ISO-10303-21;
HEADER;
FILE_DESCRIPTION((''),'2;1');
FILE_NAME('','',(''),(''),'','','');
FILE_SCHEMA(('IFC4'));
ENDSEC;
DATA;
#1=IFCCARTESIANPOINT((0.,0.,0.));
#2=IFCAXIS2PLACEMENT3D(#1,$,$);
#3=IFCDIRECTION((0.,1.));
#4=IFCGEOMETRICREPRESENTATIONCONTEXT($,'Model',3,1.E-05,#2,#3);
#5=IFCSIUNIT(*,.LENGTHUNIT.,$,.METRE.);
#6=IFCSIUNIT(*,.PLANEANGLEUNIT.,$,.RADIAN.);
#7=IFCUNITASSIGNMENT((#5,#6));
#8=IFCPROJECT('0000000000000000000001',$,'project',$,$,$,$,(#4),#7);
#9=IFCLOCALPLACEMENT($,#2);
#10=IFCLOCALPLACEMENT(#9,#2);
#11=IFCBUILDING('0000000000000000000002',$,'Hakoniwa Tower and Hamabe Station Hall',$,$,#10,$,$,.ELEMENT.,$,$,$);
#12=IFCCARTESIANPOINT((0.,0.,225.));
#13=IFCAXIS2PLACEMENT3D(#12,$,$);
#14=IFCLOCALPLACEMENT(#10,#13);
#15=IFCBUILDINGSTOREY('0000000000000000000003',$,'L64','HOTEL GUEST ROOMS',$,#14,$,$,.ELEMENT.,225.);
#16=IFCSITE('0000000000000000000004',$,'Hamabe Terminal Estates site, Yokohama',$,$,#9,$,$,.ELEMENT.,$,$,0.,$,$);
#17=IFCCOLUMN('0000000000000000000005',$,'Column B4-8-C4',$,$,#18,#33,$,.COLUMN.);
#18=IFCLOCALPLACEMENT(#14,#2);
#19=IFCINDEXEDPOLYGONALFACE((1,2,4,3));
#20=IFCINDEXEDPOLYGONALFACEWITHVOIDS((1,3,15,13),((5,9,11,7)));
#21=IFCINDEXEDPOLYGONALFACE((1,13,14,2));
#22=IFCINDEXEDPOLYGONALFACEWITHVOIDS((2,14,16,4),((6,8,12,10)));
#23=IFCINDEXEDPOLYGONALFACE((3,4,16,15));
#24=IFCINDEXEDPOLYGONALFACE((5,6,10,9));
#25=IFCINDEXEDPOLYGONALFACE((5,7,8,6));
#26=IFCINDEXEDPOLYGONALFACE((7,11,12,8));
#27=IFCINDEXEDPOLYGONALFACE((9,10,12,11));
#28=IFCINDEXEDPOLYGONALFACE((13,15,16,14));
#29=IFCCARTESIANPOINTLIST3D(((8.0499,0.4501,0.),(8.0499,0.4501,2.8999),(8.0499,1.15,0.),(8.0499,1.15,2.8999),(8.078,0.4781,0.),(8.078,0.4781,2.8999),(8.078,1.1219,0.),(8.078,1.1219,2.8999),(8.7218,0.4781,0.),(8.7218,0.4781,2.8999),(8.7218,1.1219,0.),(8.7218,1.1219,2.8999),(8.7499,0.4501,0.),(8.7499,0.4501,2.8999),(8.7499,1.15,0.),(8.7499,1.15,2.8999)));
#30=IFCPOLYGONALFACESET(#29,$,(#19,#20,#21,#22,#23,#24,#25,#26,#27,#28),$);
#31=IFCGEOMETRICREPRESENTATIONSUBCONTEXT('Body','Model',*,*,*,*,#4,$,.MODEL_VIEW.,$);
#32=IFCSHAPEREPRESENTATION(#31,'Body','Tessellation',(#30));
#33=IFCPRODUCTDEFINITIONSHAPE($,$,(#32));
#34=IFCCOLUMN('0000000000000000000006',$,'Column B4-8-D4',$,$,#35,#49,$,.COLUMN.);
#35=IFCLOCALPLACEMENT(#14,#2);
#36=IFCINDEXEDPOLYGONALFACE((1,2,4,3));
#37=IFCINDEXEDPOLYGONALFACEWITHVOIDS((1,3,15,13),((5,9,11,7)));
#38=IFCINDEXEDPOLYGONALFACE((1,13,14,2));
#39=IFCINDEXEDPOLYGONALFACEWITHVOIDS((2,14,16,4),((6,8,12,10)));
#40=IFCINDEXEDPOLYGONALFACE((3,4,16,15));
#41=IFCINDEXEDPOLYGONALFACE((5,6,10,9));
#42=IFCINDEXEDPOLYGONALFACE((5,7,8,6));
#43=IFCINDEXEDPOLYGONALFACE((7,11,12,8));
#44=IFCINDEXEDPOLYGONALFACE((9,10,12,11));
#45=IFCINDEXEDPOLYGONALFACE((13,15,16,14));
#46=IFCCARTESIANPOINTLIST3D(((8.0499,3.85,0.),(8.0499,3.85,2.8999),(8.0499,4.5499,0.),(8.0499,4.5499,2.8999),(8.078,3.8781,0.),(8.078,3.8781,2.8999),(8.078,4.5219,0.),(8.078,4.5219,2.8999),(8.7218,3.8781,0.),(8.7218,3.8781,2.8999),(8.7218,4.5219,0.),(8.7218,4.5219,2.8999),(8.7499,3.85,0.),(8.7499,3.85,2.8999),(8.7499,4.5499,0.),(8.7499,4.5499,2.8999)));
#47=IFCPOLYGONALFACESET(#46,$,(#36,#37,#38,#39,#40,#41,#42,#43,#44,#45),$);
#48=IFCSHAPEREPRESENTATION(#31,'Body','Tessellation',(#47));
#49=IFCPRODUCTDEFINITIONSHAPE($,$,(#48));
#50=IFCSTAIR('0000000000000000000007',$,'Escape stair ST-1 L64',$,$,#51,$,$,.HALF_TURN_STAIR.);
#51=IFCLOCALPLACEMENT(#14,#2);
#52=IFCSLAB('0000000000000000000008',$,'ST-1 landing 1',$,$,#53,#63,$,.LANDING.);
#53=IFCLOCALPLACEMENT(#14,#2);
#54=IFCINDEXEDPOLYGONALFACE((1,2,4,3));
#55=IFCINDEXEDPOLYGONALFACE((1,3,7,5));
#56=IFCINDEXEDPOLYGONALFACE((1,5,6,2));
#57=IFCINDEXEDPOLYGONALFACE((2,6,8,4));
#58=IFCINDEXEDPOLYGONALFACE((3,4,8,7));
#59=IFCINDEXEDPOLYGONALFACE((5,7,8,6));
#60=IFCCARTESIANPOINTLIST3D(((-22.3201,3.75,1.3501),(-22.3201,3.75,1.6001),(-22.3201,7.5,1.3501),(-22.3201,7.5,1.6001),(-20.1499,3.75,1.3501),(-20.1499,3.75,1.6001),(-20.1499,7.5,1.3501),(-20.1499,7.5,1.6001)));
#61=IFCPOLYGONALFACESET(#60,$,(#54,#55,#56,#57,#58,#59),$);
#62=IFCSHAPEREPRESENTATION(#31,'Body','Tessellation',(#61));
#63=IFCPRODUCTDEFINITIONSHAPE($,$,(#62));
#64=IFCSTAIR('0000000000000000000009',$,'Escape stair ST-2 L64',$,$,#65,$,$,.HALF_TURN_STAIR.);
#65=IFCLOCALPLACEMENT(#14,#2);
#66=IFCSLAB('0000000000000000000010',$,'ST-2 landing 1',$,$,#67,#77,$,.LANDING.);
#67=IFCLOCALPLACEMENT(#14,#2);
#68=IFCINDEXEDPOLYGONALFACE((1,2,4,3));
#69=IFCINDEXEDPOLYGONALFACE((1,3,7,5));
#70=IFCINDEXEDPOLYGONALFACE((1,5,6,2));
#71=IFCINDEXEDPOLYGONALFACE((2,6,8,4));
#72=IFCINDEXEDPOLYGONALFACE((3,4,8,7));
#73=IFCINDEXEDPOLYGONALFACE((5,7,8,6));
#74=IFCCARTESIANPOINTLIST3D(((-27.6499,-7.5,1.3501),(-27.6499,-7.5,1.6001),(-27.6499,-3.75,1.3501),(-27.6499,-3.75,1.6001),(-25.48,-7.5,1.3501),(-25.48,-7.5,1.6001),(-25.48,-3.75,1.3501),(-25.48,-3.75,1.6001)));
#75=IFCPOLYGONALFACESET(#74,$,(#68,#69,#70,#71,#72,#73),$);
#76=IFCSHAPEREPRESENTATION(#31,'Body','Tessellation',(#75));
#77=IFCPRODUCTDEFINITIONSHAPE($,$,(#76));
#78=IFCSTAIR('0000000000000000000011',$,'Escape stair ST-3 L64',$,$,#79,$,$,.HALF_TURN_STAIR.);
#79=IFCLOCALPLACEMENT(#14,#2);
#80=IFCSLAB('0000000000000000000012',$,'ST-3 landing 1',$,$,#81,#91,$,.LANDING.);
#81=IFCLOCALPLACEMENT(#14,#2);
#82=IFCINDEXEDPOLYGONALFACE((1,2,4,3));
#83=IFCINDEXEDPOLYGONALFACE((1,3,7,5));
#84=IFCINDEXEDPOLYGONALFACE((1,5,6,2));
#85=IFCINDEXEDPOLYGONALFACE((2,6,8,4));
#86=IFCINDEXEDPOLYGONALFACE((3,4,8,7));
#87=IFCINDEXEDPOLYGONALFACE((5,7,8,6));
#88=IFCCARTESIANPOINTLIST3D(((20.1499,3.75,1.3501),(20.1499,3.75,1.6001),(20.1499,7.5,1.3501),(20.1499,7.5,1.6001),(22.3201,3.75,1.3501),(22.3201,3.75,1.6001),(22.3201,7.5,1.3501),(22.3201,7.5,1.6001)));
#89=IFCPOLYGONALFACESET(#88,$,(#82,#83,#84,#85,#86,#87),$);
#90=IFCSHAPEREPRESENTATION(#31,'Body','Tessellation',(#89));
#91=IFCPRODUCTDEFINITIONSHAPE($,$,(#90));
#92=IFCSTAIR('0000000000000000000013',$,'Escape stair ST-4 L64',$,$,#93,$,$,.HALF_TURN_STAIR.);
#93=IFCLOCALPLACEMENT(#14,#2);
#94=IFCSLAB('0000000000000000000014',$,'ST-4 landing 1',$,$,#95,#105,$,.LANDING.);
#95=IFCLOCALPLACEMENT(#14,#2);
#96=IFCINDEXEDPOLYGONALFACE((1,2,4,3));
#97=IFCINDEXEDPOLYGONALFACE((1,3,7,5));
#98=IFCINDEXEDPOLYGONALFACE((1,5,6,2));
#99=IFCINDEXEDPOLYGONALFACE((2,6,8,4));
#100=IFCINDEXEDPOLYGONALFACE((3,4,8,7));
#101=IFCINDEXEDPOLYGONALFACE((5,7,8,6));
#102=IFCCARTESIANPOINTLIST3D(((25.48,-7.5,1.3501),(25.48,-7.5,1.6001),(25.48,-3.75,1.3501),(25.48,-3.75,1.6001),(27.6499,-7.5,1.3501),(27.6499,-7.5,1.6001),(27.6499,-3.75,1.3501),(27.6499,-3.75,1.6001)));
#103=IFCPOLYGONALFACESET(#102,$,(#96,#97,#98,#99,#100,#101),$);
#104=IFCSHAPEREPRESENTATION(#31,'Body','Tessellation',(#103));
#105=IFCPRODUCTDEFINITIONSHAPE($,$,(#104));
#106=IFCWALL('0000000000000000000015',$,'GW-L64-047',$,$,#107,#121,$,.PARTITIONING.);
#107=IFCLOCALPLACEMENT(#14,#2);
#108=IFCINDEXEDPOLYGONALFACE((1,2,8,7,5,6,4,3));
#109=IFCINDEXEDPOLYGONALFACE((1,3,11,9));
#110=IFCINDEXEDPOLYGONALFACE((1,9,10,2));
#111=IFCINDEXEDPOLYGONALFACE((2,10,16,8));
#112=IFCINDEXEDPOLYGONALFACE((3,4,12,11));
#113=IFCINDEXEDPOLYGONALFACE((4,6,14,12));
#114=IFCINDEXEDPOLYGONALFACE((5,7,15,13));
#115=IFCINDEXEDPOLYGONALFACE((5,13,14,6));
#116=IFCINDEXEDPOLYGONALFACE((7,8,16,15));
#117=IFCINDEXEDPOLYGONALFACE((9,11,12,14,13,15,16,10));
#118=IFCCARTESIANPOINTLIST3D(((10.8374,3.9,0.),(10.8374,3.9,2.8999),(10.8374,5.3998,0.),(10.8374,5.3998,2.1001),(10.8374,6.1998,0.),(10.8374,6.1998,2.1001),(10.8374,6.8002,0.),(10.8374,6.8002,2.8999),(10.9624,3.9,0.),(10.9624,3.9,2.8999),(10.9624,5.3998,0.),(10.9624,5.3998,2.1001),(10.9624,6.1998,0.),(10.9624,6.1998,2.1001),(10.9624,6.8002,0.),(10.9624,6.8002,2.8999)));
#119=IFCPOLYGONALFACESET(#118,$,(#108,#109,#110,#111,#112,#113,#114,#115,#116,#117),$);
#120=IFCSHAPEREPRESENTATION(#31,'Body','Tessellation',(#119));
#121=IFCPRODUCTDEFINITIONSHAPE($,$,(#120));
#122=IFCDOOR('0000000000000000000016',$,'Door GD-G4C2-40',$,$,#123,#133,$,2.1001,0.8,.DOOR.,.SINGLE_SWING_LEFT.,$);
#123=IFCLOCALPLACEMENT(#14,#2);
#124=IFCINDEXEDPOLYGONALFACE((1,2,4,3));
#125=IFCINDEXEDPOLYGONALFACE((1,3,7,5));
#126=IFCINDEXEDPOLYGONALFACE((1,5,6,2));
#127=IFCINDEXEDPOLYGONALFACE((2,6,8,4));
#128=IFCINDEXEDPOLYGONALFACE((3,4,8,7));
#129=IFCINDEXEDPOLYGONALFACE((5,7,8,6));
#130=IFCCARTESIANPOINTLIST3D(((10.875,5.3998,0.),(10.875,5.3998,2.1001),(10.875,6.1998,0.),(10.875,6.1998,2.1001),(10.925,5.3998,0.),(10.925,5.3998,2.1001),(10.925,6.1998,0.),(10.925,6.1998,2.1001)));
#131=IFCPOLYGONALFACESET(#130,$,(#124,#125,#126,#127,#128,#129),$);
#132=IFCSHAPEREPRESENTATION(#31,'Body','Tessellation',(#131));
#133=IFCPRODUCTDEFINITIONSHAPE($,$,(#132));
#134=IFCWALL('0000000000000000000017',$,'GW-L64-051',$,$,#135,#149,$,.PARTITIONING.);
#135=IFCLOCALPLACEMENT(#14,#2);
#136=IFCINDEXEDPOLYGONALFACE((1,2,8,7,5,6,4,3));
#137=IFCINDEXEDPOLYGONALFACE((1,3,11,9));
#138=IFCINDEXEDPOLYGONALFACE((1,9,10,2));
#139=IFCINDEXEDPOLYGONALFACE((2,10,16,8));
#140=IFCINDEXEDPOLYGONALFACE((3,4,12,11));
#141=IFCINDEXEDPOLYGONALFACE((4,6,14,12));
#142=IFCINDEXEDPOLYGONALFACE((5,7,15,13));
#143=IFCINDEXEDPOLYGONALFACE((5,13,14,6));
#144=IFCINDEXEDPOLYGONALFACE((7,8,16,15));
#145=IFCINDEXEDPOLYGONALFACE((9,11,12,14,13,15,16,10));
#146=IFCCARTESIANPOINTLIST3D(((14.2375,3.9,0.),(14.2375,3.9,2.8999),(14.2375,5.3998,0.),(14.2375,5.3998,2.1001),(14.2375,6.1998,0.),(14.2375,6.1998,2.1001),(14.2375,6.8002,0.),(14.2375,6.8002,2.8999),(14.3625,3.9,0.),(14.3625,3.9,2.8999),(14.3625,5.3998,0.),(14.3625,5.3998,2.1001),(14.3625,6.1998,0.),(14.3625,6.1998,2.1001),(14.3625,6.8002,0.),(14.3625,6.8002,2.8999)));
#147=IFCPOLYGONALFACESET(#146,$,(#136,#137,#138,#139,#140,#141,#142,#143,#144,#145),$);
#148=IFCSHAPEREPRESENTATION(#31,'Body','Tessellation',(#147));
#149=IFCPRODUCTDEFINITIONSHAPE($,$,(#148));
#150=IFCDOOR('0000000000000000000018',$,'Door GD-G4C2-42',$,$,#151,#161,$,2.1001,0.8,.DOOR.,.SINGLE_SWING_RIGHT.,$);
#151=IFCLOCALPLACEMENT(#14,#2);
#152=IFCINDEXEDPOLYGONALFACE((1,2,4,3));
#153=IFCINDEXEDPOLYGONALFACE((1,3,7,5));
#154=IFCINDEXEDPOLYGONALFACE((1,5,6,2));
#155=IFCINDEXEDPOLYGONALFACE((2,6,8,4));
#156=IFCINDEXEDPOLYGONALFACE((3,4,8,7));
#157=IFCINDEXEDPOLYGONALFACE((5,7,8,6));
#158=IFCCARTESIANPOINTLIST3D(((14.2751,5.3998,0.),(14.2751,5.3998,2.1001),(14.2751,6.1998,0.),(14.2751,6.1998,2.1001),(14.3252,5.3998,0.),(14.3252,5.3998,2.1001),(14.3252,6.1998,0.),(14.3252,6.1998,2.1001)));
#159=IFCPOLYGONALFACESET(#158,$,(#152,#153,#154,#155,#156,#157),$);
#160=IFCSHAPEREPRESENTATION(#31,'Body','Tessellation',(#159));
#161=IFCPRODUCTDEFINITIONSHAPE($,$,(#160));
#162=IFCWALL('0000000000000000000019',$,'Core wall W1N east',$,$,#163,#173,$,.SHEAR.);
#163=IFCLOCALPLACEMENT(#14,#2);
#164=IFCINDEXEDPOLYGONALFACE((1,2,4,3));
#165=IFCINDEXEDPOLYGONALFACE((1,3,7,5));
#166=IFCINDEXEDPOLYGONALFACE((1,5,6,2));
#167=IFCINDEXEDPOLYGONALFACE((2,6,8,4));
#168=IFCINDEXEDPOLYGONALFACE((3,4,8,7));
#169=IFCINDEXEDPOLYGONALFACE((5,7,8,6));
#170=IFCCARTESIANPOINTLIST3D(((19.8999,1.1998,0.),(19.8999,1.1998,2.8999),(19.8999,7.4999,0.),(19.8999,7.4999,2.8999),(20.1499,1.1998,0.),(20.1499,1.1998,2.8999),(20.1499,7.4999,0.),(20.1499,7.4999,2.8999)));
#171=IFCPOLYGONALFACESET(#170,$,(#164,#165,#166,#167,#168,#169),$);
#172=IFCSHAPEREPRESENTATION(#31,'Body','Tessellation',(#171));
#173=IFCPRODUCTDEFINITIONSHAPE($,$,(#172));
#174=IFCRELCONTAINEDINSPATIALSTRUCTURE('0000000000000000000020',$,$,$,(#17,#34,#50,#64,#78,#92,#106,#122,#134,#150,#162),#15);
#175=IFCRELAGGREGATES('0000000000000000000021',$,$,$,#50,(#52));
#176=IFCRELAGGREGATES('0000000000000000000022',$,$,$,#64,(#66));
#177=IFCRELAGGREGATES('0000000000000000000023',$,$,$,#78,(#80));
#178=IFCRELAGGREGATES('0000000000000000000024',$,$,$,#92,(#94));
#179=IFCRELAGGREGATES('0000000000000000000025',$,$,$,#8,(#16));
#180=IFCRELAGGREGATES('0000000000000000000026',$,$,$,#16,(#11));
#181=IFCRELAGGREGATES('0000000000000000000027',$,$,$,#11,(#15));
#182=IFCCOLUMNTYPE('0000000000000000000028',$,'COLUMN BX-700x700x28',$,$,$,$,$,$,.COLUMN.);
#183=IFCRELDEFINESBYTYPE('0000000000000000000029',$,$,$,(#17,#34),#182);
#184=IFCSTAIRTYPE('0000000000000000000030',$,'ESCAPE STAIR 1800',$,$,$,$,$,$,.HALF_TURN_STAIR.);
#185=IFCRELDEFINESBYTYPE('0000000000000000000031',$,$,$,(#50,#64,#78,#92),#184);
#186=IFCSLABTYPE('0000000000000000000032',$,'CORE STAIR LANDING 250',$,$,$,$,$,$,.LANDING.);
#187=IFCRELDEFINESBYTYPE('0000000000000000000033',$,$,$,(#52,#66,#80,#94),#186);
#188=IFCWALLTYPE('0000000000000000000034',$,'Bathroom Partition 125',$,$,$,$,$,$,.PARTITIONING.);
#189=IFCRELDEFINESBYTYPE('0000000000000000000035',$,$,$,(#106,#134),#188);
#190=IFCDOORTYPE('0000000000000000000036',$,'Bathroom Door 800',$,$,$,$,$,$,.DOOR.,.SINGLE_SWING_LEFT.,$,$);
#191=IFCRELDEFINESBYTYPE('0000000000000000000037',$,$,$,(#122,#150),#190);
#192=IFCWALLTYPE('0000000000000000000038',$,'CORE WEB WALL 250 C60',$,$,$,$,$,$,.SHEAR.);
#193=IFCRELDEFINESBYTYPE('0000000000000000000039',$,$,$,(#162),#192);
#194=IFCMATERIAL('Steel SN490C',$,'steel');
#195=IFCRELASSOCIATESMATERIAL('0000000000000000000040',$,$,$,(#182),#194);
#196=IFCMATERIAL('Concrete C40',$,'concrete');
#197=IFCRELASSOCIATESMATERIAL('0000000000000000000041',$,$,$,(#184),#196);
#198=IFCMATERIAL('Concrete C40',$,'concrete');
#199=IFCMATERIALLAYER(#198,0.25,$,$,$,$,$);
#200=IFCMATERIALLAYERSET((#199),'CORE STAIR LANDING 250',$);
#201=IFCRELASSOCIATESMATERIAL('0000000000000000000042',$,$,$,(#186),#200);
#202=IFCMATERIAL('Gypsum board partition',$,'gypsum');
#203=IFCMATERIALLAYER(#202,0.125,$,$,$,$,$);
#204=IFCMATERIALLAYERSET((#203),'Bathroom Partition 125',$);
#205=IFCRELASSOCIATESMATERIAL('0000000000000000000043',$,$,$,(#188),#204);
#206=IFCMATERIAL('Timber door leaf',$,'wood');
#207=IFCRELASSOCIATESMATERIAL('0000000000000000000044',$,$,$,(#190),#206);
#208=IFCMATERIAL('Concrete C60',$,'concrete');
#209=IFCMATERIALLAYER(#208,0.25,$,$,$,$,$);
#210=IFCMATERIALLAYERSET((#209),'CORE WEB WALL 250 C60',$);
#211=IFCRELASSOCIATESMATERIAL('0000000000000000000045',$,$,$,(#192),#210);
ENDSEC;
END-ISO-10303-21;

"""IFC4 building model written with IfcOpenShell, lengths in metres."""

from ifc_helpers import new_model, si_unit, direction, frame, frame_2d, origin, origin_2d, place, context, subcontext, project, spatial, polyline, rectangle, hollow_rectangle, outline, extrude, material, layer, layer_set, material_profile, profile_set, type_object, element, fill, aggregate, save


model = new_model("IFC4")

# Units and contexts
model_context = context("Model", 3, precision=1e-05, world=origin(), true_north=direction((0.0, 1.0)))
body_context = subcontext(model_context, "Body", "Model", "MODEL_VIEW")
ifc_project = project(units=[si_unit("LENGTHUNIT", "METRE"), si_unit("PLANEANGLEUNIT", "RADIAN")], contexts=[model_context])

# Site, building, storey
site_placement = place(None, origin())
site = spatial("IfcSite", under=ifc_project, at=site_placement, Name="Hamabe Terminal Estates site, Yokohama", CompositionType="ELEMENT", RefElevation=0.0)
building_placement = place(site_placement, origin())
building = spatial("IfcBuilding", under=site, at=building_placement, Name="Hakoniwa Tower and Hamabe Station Hall", CompositionType="ELEMENT")
storey_placement = place(building_placement, frame((0.0, 0.0, 225.0)))
storey = spatial("IfcBuildingStorey", under=building, at=storey_placement, Name="L64", Description="HOTEL GUEST ROOMS", CompositionType="ELEMENT", Elevation=225.0)

# Columns
ifc_material_1 = material(Name="Steel SN490C", Category="steel")
ifc_material_profile = material_profile(ifc_material_1, hollow_rectangle(XDim=0.7, YDim=0.7, WallThickness=0.0281, at=origin_2d()), Name="BX-700x700x28")
ifc_profile_set = profile_set([ifc_material_profile], Name="Steel SN490C")
column_type = type_object("IfcColumnType", Name="COLUMN BX-700x700x28", PredefinedType="COLUMN", material=ifc_profile_set)
for number, where, z_axis, x_axis, name in (
    (1, (8.3999, 0.8, 0.0), (0.0, 0.0, 1.0), (1.0, 0.0, 0.0), "Column B4-8-C4"),
    (2, (8.3999, 4.2, 0.0), (0.0, 0.0, 1.0), (1.0, 0.0, 0.0), "Column B4-8-D4"),
):
    element("IfcColumn", number, at=place(storey_placement, frame(where, z_axis=z_axis, x_axis=x_axis)), inside=storey, type_object=column_type, Name=name, PredefinedType="COLUMN", context=body_context, shape_type="SweptSolid", body=[
        extrude(hollow_rectangle(XDim=0.7, YDim=0.7, WallThickness=0.0281, at=origin_2d()), origin(), (0.0, 0.0, 1.0), 2.8999),
    ])

# Stairs, slabs
ifc_material_2 = material(Name="Concrete C40", Category="concrete")
stair_type = type_object("IfcStairType", Name="ESCAPE STAIR 1800", PredefinedType="HALF_TURN_STAIR", material=ifc_material_2)
stair_1_placement = place(storey_placement, origin())
stair_1 = element("IfcStair", 3, at=stair_1_placement, inside=storey, type_object=stair_type, Name="Escape stair ST-1 L64", PredefinedType="HALF_TURN_STAIR")
ifc_material_3 = material(Name="Concrete C40", Category="concrete")
ifc_layer_1 = layer(ifc_material_3, 0.25)
ifc_layer_set_1 = layer_set([ifc_layer_1], Name="CORE STAIR LANDING 250")
slab_type = type_object("IfcSlabType", Name="CORE STAIR LANDING 250", PredefinedType="LANDING", material=ifc_layer_set_1)
slab_1_placement = place(storey_placement, frame((0.0, 0.0, 1.3501)))
slab_1 = element("IfcSlab", 4, at=slab_1_placement, type_object=slab_type, Name="ST-1 landing 1", PredefinedType="LANDING", context=body_context, shape_type="SweptSolid", body=[
    extrude(outline(polyline([(-22.3201, 3.75), (-20.1499, 3.75), (-20.1499, 7.5), (-22.3201, 7.5), (-22.3201, 3.75)])), origin(), (0.0, 0.0, 1.0), 0.25),
])
aggregate(stair_1, [slab_1])
stair_2_placement = place(storey_placement, origin())
stair_2 = element("IfcStair", 5, at=stair_2_placement, inside=storey, type_object=stair_type, Name="Escape stair ST-2 L64", PredefinedType="HALF_TURN_STAIR")
slab_2_placement = place(storey_placement, frame((0.0, 0.0, 1.3501)))
slab_2 = element("IfcSlab", 6, at=slab_2_placement, type_object=slab_type, Name="ST-2 landing 1", PredefinedType="LANDING", context=body_context, shape_type="SweptSolid", body=[
    extrude(outline(polyline([(-25.48, -7.5), (-27.6499, -7.5), (-27.6499, -3.75), (-25.48, -3.75), (-25.48, -7.5)])), origin(), (0.0, 0.0, 1.0), 0.25),
])
aggregate(stair_2, [slab_2])
stair_3_placement = place(storey_placement, origin())
stair_3 = element("IfcStair", 7, at=stair_3_placement, inside=storey, type_object=stair_type, Name="Escape stair ST-3 L64", PredefinedType="HALF_TURN_STAIR")
slab_3_placement = place(storey_placement, frame((0.0, 0.0, 1.3501)))
slab_3 = element("IfcSlab", 8, at=slab_3_placement, type_object=slab_type, Name="ST-3 landing 1", PredefinedType="LANDING", context=body_context, shape_type="SweptSolid", body=[
    extrude(outline(polyline([(22.3201, 3.75), (20.1499, 3.75), (20.1499, 7.5), (22.3201, 7.5), (22.3201, 3.75)])), origin(), (0.0, 0.0, 1.0), 0.25),
])
aggregate(stair_3, [slab_3])
stair_4_placement = place(storey_placement, origin())
stair_4 = element("IfcStair", 9, at=stair_4_placement, inside=storey, type_object=stair_type, Name="Escape stair ST-4 L64", PredefinedType="HALF_TURN_STAIR")
slab_4_placement = place(storey_placement, frame((0.0, 0.0, 1.3501)))
slab_4 = element("IfcSlab", 10, at=slab_4_placement, type_object=slab_type, Name="ST-4 landing 1", PredefinedType="LANDING", context=body_context, shape_type="SweptSolid", body=[
    extrude(outline(polyline([(25.48, -7.5), (27.6499, -7.5), (27.6499, -3.75), (25.48, -3.75), (25.48, -7.5)])), origin(), (0.0, 0.0, 1.0), 0.25),
])
aggregate(stair_4, [slab_4])

# Walls, openings, doors
ifc_material_4 = material(Name="Gypsum board partition", Category="gypsum")
ifc_layer_2 = layer(ifc_material_4, 0.125)
ifc_layer_set_2 = layer_set([ifc_layer_2], Name="Bathroom Partition 125")
wall_type_1 = type_object("IfcWallType", Name="Bathroom Partition 125", PredefinedType="PARTITIONING", material=ifc_layer_set_2)
wall_1_placement = place(storey_placement, frame((10.8999, 3.8999, 0.0), z_axis=(0.0, 0.0, 1.0), x_axis=(0.0, 1.0, 0.0)))
wall_1 = element("IfcWall", 11, at=wall_1_placement, inside=storey, type_object=wall_type_1, Name="GW-L64-047", PredefinedType="PARTITIONING", context=body_context, shape_type="SweptSolid", body=[
    extrude(rectangle(XDim=2.9001, YDim=0.125, at=frame_2d((1.4502, 0.0))), origin(), (0.0, 0.0, 1.0), 2.8999),
])
opening_1_placement = place(wall_1_placement, frame((1.5, 0.0, 0.0)))
opening_1 = element("IfcOpeningElement", 12, at=opening_1_placement, cuts=wall_1, PredefinedType="OPENING", context=body_context, shape_type="SweptSolid", body=[
    extrude(rectangle(XDim=0.8, YDim=2.1001, at=frame_2d((0.3999, 1.05))), frame((0.0, 0.0725, 0.0), z_axis=(0.0, -1.0, 0.0), x_axis=(1.0, 0.0, 0.0)), (0.0, 0.0, 1.0), 0.145),
])
ifc_material_5 = material(Name="Timber door leaf", Category="wood")
door_type_1 = type_object("IfcDoorType", Name="Bathroom Door 800", OperationType="SINGLE_SWING_LEFT", PredefinedType="DOOR", material=ifc_material_5)
door_1_placement = place(opening_1_placement, origin())
door_1 = element("IfcDoor", 13, at=door_1_placement, inside=storey, type_object=door_type_1, Name="Door GD-G4C2-40", OperationType="SINGLE_SWING_LEFT", OverallHeight=2.1001, OverallWidth=0.8, PredefinedType="DOOR", context=body_context, shape_type="SweptSolid", body=[
    extrude(rectangle(XDim=0.8, YDim=2.1001, at=frame_2d((0.3999, 1.05))), frame((0.0, 0.0249, 0.0), z_axis=(0.0, -1.0, 0.0), x_axis=(1.0, 0.0, 0.0)), (0.0, 0.0, 1.0), 0.05),
])
fill(opening_1, door_1)
wall_2_placement = place(storey_placement, frame((14.3, 3.8999, 0.0), z_axis=(0.0, 0.0, 1.0), x_axis=(0.0, 1.0, 0.0)))
wall_2 = element("IfcWall", 14, at=wall_2_placement, inside=storey, type_object=wall_type_1, Name="GW-L64-051", PredefinedType="PARTITIONING", context=body_context, shape_type="SweptSolid", body=[
    extrude(rectangle(XDim=2.9001, YDim=0.125, at=frame_2d((1.4502, 0.0))), origin(), (0.0, 0.0, 1.0), 2.8999),
])
opening_2_placement = place(wall_2_placement, frame((1.5, 0.0, 0.0)))
opening_2 = element("IfcOpeningElement", 15, at=opening_2_placement, cuts=wall_2, PredefinedType="OPENING", context=body_context, shape_type="SweptSolid", body=[
    extrude(rectangle(XDim=0.8, YDim=2.1001, at=frame_2d((0.3999, 1.05))), frame((0.0, 0.0725, 0.0), z_axis=(0.0, -1.0, 0.0), x_axis=(1.0, 0.0, 0.0)), (0.0, 0.0, 1.0), 0.145),
])
door_2_placement = place(opening_2_placement, origin())
door_2 = element("IfcDoor", 16, at=door_2_placement, inside=storey, type_object=door_type_1, Name="Door GD-G4C2-42", OperationType="SINGLE_SWING_RIGHT", OverallHeight=2.1001, OverallWidth=0.8, PredefinedType="DOOR", context=body_context, shape_type="SweptSolid", body=[
    extrude(rectangle(XDim=0.8, YDim=2.1001, at=frame_2d((0.3999, 1.05))), frame((0.0, 0.0249, 0.0), z_axis=(0.0, -1.0, 0.0), x_axis=(1.0, 0.0, 0.0)), (0.0, 0.0, 1.0), 0.05),
])
fill(opening_2, door_2)

# Wall
ifc_material_6 = material(Name="Concrete C60", Category="concrete")
ifc_layer_3 = layer(ifc_material_6, 0.25)
ifc_layer_set_3 = layer_set([ifc_layer_3], Name="CORE WEB WALL 250 C60")
wall_type_2 = type_object("IfcWallType", Name="CORE WEB WALL 250 C60", PredefinedType="SHEAR", material=ifc_layer_set_3)
wall_3_placement = place(storey_placement, frame((20.0249, 1.2, 0.0), z_axis=(0.0, 0.0, 1.0), x_axis=(0.0, 1.0, 0.0)))
element("IfcWall", 17, at=wall_3_placement, inside=storey, type_object=wall_type_2, Name="Core wall W1N east", PredefinedType="SHEAR", context=body_context, shape_type="SweptSolid", body=[
    extrude(rectangle(XDim=6.3, YDim=0.25, at=frame_2d((3.1499, 0.0))), origin(), (0.0, 0.0, 1.0), 2.8999),
])

save(model, "model.ifc")
